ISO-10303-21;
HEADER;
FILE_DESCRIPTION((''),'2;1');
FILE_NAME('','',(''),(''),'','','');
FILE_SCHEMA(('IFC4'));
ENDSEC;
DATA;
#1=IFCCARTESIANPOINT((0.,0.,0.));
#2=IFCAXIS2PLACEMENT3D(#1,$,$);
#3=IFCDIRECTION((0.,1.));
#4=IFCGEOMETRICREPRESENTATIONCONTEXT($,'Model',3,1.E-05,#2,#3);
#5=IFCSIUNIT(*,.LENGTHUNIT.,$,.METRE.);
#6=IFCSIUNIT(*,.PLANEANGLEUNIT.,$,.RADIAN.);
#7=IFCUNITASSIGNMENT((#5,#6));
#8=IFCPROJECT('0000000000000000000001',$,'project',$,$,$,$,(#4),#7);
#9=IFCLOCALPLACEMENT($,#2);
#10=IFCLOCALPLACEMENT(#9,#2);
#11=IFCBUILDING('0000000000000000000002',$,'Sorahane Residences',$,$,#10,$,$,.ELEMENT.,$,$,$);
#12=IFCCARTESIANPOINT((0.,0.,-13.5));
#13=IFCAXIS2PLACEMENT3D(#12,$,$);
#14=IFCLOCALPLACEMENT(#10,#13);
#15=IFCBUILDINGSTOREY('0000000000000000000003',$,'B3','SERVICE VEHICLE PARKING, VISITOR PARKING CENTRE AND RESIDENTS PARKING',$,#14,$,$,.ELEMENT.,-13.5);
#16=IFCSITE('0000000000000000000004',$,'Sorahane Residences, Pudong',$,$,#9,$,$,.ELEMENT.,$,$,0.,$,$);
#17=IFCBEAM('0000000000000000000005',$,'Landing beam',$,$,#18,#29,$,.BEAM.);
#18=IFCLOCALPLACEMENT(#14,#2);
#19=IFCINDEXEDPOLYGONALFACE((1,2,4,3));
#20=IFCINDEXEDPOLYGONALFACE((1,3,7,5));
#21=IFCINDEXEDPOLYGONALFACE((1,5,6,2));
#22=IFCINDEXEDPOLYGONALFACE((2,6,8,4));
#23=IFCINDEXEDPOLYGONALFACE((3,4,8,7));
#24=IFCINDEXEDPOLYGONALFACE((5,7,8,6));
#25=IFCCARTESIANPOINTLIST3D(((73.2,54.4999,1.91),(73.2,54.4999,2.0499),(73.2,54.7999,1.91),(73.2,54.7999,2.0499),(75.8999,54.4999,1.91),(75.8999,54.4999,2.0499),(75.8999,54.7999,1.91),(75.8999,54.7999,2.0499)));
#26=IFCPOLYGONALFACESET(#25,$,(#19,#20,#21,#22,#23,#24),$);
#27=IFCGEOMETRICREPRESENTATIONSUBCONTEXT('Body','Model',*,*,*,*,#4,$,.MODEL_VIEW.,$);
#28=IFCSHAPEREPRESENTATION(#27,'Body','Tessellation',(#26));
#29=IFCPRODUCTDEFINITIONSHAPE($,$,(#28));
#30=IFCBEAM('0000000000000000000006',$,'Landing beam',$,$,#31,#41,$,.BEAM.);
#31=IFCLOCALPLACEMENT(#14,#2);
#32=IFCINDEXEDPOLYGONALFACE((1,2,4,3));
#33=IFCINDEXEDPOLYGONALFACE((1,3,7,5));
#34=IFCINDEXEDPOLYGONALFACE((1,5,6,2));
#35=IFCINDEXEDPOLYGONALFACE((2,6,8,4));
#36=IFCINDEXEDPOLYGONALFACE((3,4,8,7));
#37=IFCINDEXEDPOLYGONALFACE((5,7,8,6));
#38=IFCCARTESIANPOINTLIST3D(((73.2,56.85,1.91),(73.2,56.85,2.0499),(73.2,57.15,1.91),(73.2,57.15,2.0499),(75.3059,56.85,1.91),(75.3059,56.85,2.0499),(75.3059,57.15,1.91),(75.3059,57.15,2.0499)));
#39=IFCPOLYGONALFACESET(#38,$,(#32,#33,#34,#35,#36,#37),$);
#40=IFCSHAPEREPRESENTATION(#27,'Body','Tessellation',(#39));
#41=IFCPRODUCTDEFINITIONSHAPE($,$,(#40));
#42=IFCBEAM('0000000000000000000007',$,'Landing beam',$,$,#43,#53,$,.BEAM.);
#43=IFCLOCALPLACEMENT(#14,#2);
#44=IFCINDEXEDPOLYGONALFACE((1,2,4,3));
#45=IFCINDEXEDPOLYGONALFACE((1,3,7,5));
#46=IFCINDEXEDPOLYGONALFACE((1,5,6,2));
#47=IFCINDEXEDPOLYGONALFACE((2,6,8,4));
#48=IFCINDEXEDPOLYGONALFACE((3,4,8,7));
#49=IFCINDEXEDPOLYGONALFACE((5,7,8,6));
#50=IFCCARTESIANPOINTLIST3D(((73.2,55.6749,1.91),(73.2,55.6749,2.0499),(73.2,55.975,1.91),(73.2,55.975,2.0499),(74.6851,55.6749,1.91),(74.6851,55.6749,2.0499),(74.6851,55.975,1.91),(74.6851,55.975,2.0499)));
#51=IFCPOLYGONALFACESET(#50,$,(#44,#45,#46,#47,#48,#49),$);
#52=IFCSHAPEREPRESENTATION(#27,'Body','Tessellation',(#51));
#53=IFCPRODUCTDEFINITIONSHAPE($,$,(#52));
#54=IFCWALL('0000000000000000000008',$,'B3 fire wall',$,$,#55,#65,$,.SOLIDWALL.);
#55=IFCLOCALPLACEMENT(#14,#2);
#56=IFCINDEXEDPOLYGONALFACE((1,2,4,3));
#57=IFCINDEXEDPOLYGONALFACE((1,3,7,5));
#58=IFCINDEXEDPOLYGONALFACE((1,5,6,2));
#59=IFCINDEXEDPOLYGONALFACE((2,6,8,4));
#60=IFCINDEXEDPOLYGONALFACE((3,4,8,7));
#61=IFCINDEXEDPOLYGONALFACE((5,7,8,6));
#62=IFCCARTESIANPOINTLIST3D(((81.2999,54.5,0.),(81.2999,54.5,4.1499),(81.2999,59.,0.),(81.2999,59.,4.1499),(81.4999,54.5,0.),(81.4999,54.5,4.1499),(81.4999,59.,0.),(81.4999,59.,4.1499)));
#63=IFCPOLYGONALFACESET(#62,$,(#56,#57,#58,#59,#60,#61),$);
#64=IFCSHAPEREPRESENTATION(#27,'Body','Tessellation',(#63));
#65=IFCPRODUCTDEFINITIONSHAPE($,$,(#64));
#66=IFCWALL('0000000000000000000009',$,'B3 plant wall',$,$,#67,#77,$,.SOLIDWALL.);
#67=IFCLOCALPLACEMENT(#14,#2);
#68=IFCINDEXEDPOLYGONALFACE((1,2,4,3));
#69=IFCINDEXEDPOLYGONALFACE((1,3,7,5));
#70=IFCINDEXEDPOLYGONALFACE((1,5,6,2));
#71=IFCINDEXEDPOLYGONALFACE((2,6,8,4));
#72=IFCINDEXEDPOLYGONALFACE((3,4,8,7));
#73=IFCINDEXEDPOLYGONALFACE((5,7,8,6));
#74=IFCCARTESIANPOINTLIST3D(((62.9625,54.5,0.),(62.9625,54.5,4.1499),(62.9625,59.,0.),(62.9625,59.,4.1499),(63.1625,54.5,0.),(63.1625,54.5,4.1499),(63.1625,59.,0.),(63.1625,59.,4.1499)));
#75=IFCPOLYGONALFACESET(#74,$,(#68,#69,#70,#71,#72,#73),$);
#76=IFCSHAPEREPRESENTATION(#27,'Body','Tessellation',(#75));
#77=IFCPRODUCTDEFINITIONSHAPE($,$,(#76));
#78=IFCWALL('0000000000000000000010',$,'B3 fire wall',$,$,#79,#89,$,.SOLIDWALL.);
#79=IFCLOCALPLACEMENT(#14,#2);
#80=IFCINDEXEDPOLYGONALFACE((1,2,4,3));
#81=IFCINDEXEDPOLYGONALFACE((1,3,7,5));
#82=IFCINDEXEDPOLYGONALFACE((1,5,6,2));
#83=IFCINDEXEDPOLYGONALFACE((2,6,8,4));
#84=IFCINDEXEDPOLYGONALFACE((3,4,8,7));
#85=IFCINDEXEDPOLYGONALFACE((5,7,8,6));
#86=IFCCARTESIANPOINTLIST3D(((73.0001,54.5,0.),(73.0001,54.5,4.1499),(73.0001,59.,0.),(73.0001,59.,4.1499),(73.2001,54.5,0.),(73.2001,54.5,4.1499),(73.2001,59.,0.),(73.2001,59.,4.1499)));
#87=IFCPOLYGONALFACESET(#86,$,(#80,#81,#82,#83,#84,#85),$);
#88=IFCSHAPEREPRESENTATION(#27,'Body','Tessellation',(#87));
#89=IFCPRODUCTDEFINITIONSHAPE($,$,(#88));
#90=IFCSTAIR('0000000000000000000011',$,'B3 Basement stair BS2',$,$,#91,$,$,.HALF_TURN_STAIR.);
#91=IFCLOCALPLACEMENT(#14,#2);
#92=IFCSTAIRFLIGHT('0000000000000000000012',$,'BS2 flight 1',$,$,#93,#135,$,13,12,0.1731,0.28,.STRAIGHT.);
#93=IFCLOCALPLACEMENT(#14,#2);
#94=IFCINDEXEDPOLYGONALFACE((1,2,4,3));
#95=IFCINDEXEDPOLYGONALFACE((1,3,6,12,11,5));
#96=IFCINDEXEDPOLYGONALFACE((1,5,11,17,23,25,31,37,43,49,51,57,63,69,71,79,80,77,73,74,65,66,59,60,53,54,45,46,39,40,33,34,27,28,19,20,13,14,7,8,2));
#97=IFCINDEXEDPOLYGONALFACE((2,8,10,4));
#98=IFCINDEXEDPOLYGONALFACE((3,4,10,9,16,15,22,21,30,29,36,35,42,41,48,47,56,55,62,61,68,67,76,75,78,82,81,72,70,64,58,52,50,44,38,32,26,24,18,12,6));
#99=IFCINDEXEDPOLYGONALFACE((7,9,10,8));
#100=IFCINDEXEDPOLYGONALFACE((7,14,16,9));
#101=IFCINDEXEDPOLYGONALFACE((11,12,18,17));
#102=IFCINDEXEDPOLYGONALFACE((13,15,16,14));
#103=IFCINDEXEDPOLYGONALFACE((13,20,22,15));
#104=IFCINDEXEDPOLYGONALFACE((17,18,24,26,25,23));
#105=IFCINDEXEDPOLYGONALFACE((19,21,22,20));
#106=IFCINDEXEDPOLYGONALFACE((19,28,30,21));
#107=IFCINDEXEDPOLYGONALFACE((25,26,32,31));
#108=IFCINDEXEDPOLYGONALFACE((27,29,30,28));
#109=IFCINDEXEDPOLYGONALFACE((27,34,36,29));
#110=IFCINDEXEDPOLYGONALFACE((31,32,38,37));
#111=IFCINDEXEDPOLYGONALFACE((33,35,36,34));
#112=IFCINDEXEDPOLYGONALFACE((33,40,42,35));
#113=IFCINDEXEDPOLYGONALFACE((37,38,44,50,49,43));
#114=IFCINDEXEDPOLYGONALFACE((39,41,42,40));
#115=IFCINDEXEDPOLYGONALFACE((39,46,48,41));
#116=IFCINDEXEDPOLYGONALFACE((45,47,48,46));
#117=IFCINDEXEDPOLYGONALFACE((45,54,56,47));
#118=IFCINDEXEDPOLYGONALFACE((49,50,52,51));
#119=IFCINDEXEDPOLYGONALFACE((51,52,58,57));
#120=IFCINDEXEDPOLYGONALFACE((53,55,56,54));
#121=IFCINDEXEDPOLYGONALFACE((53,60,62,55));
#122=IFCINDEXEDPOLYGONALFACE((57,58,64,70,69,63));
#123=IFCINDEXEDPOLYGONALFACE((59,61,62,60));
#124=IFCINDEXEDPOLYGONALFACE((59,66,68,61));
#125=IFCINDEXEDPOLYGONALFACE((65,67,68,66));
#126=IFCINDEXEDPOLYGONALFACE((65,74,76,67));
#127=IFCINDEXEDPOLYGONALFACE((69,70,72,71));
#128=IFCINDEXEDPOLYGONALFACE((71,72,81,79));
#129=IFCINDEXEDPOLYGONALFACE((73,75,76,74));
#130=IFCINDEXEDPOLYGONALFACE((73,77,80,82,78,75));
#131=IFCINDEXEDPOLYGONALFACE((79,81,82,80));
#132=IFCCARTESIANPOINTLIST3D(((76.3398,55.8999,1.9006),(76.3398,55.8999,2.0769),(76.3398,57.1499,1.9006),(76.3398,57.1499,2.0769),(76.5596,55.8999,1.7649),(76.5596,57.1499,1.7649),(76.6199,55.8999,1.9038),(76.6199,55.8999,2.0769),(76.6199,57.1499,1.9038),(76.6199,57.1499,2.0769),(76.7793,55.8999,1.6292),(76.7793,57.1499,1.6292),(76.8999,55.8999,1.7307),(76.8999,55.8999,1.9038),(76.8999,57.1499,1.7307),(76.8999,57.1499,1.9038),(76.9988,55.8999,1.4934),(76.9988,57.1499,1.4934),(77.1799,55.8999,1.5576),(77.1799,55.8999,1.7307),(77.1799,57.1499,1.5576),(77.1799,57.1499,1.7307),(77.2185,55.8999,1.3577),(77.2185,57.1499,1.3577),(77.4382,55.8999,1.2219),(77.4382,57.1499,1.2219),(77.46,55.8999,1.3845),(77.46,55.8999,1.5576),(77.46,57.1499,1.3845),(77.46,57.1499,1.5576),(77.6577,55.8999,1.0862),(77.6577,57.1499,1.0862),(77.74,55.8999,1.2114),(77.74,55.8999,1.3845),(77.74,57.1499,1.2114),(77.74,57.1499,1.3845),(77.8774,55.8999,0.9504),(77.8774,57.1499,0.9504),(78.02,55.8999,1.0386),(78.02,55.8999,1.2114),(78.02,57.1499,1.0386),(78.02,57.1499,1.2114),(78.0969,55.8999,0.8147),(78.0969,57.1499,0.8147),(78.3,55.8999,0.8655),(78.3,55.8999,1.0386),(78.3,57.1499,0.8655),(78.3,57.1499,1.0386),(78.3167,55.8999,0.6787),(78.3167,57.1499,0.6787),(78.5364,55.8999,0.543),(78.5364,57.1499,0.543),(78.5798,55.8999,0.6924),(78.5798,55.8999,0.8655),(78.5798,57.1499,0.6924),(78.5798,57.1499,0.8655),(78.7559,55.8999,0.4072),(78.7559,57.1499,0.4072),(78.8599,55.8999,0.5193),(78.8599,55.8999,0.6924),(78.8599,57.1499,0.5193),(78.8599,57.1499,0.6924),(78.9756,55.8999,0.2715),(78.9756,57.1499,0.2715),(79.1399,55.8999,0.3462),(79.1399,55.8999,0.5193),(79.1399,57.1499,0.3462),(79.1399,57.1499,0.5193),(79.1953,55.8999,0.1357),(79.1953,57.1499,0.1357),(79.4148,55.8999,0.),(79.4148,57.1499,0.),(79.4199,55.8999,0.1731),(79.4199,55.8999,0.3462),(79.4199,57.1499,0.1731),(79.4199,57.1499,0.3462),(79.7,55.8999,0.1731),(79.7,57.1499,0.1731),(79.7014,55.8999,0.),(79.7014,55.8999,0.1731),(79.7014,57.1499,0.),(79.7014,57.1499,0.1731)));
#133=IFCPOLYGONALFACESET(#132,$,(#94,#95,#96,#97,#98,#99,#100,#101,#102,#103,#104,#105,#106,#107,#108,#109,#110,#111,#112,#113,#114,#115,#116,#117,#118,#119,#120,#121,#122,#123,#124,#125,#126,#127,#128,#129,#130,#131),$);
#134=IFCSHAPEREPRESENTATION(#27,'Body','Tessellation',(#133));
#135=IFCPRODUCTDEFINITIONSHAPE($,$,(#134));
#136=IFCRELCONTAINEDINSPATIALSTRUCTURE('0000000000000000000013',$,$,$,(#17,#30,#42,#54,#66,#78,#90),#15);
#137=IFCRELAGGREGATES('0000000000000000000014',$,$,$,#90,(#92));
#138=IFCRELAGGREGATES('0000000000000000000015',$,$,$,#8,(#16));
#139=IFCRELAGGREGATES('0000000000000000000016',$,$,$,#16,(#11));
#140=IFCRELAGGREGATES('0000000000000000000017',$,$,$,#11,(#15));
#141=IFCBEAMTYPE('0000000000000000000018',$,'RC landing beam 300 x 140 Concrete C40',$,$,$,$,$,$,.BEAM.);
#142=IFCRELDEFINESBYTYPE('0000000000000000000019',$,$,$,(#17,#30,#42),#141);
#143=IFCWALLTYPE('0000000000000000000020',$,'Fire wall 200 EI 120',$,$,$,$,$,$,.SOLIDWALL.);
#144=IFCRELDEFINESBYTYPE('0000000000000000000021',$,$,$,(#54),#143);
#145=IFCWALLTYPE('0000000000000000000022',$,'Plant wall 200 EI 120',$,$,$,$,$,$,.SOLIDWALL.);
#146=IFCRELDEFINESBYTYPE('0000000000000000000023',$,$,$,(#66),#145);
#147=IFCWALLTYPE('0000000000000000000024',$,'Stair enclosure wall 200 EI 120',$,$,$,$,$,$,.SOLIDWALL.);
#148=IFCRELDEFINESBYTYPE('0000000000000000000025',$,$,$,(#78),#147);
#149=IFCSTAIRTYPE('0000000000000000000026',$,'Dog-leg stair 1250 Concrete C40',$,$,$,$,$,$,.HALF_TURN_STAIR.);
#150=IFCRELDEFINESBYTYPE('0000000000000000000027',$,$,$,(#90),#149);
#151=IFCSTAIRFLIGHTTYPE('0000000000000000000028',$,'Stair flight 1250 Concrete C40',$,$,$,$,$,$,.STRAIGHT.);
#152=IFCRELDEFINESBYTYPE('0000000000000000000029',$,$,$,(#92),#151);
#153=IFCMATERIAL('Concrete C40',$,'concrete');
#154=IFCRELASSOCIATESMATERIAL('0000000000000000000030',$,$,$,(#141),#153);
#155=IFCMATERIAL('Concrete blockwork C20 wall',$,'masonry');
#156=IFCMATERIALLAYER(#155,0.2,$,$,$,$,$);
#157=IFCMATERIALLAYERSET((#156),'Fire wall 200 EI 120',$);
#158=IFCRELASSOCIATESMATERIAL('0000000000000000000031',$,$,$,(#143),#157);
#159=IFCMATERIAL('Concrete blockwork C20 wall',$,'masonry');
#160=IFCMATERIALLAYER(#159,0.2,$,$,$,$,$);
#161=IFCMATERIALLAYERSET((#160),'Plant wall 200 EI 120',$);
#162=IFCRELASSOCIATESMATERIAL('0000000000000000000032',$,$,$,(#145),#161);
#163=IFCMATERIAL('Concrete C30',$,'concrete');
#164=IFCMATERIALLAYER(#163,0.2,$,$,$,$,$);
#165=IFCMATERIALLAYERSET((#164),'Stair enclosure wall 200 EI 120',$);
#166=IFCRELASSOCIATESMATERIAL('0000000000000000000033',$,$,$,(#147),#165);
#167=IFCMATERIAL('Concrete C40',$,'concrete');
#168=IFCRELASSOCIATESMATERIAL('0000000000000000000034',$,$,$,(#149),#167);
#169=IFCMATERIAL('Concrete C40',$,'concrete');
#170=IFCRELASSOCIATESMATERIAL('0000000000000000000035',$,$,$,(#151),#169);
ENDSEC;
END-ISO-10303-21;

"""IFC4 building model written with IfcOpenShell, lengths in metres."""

from ifc_helpers import new_model, si_unit, direction, frame, frame_2d, origin, origin_2d, place, context, subcontext, project, spatial, polyline, rectangle, outline, extrude, material, layer, layer_set, material_profile, profile_set, type_object, element, aggregate, save


model = new_model("IFC4")

# Units and contexts
model_context = context("Model", 3, precision=1e-05, world=origin(), true_north=direction((0.0, 1.0)))
body_context = subcontext(model_context, "Body", "Model", "MODEL_VIEW")
ifc_project = project(units=[si_unit("LENGTHUNIT", "METRE"), si_unit("PLANEANGLEUNIT", "RADIAN")], contexts=[model_context])

# Site, building, storey
site_placement = place(None, origin())
site = spatial("IfcSite", under=ifc_project, at=site_placement, Name="Sorahane Residences, Pudong", CompositionType="ELEMENT", RefElevation=0.0)
building_placement = place(site_placement, origin())
building = spatial("IfcBuilding", under=site, at=building_placement, Name="Sorahane Residences", CompositionType="ELEMENT")
storey_placement = place(building_placement, frame((0.0, 0.0, -13.5)))
storey = spatial("IfcBuildingStorey", under=building, at=storey_placement, Name="B3", Description="SERVICE VEHICLE PARKING, VISITOR PARKING CENTRE AND RESIDENTS PARKING", CompositionType="ELEMENT", Elevation=-13.5)

# Beams
ifc_material_1 = material(Name="Concrete C40", Category="concrete")
ifc_material_profile_1 = material_profile(ifc_material_1, rectangle(XDim=0.3, YDim=0.1399, at=origin_2d()), Name="300x140")
ifc_profile_set_1 = profile_set([ifc_material_profile_1], Name="Concrete C40")
beam_type = type_object("IfcBeamType", Name="RC landing beam 300 x 140 Concrete C40", PredefinedType="BEAM", material=ifc_profile_set_1)
beam_1_placement = place(storey_placement, frame((73.2, 54.6499, 1.98), z_axis=(1.0, 0.0, 0.0), x_axis=(0.0, 1.0, 0.0)))
element("IfcBeam", 1, at=beam_1_placement, inside=storey, type_object=beam_type, Name="Landing beam", PredefinedType="BEAM", context=body_context, shape_type="SweptSolid", body=[
    extrude(rectangle(XDim=0.3, YDim=0.1399, at=origin_2d()), origin(), (0.0, 0.0, 1.0), 2.7),
])
beam_2_placement = place(storey_placement, frame((73.2, 57.0, 1.98), z_axis=(1.0, 0.0, 0.0), x_axis=(0.0, 1.0, 0.0)))
element("IfcBeam", 2, at=beam_2_placement, inside=storey, type_object=beam_type, Name="Landing beam", PredefinedType="BEAM", context=body_context, shape_type="SweptSolid", body=[
    extrude(rectangle(XDim=0.3, YDim=0.1399, at=origin_2d()), origin(), (0.0, 0.0, 1.0), 2.106),
])
beam_3_placement = place(storey_placement, frame((73.2, 55.825, 1.98), z_axis=(1.0, 0.0, 0.0), x_axis=(0.0, 1.0, 0.0)))
element("IfcBeam", 3, at=beam_3_placement, inside=storey, type_object=beam_type, Name="Landing beam", PredefinedType="BEAM", context=body_context, shape_type="SweptSolid", body=[
    extrude(rectangle(XDim=0.3, YDim=0.1399, at=origin_2d()), origin(), (0.0, 0.0, 1.0), 1.4851),
])

# Walls
ifc_material_2 = material(Name="Concrete blockwork C20 wall", Category="masonry")
ifc_layer_1 = layer(ifc_material_2, 0.2)
ifc_layer_set_1 = layer_set([ifc_layer_1], Name="Fire wall 200 EI 120")
wall_type_1 = type_object("IfcWallType", Name="Fire wall 200 EI 120", PredefinedType="SOLIDWALL", material=ifc_layer_set_1)
wall_1_placement = place(storey_placement, frame((81.3999, 54.5, 0.0), z_axis=(0.0, 0.0, 1.0), x_axis=(0.0, 1.0, 0.0)))
element("IfcWall", 4, at=wall_1_placement, inside=storey, type_object=wall_type_1, Name="B3 fire wall", PredefinedType="SOLIDWALL", context=body_context, shape_type="SweptSolid", body=[
    extrude(rectangle(XDim=4.5, YDim=0.2, at=frame_2d((2.25, 0.0))), origin(), (0.0, 0.0, 1.0), 4.1499),
])
ifc_material_3 = material(Name="Concrete blockwork C20 wall", Category="masonry")
ifc_layer_2 = layer(ifc_material_3, 0.2)
ifc_layer_set_2 = layer_set([ifc_layer_2], Name="Plant wall 200 EI 120")
wall_type_2 = type_object("IfcWallType", Name="Plant wall 200 EI 120", PredefinedType="SOLIDWALL", material=ifc_layer_set_2)
wall_2_placement = place(storey_placement, frame((63.0625, 54.5, 0.0), z_axis=(0.0, 0.0, 1.0), x_axis=(0.0, 1.0, 0.0)))
element("IfcWall", 5, at=wall_2_placement, inside=storey, type_object=wall_type_2, Name="B3 plant wall", PredefinedType="SOLIDWALL", context=body_context, shape_type="SweptSolid", body=[
    extrude(rectangle(XDim=4.5, YDim=0.2, at=frame_2d((2.25, 0.0))), origin(), (0.0, 0.0, 1.0), 4.1499),
])
ifc_material_4 = material(Name="Concrete C30", Category="concrete")
ifc_layer_3 = layer(ifc_material_4, 0.2)
ifc_layer_set_3 = layer_set([ifc_layer_3], Name="Stair enclosure wall 200 EI 120")
wall_type_3 = type_object("IfcWallType", Name="Stair enclosure wall 200 EI 120", PredefinedType="SOLIDWALL", material=ifc_layer_set_3)
wall_3_placement = place(storey_placement, frame((73.1001, 54.5, 0.0), z_axis=(0.0, 0.0, 1.0), x_axis=(0.0, 1.0, 0.0)))
element("IfcWall", 6, at=wall_3_placement, inside=storey, type_object=wall_type_3, Name="B3 fire wall", PredefinedType="SOLIDWALL", context=body_context, shape_type="SweptSolid", body=[
    extrude(rectangle(XDim=4.5, YDim=0.2, at=frame_2d((2.25, 0.0))), origin(), (0.0, 0.0, 1.0), 4.1499),
])

# Stair, stair flight
ifc_material_5 = material(Name="Concrete C40", Category="concrete")
stair_type = type_object("IfcStairType", Name="Dog-leg stair 1250 Concrete C40", PredefinedType="HALF_TURN_STAIR", material=ifc_material_5)
stair_placement = place(storey_placement, origin())
stair = element("IfcStair", 7, at=stair_placement, inside=storey, type_object=stair_type, Name="B3 Basement stair BS2", PredefinedType="HALF_TURN_STAIR")
ifc_material_6 = material(Name="Concrete C40", Category="concrete")
stair_flight_type = type_object("IfcStairFlightType", Name="Stair flight 1250 Concrete C40", PredefinedType="STRAIGHT", material=ifc_material_6)
stair_flight_1_placement = place(storey_placement, frame((79.7, 56.5249, 0.0), z_axis=(0.0, 0.0, 1.0), x_axis=(-1.0, 0.0, 0.0)))
stair_flight_1 = element("IfcStairFlight", 8, at=stair_flight_1_placement, type_object=stair_flight_type, Name="BS2 flight 1", NumberOfRisers=13, NumberOfTreads=12, PredefinedType="STRAIGHT", RiserHeight=0.1731, TreadLength=0.28, context=body_context, shape_type="SweptSolid", body=[
    extrude(outline(polyline([(-0.0015, 0.0), (-0.0015, 0.1731), (0.0, 0.1731), (0.28, 0.1731), (0.28, 0.3462), (0.5601, 0.3462), (0.5601, 0.5193), (0.8401, 0.5193), (0.8401, 0.6924), (1.1201, 0.6924), (1.1201, 0.8655), (1.3999, 0.8655), (1.3999, 1.0386), (1.6799, 1.0386), (1.6799, 1.2114), (1.96, 1.2114), (1.96, 1.3845), (2.24, 1.3845), (2.24, 1.5576), (2.52, 1.5576), (2.52, 1.7307), (2.8, 1.7307), (2.8, 1.9038), (3.0801, 1.9038), (3.0801, 2.0769), (3.3601, 2.0769), (3.3601, 2.25), (3.3601, 1.9006), (3.1404, 1.7649), (2.9207, 1.6292), (2.7012, 1.4934), (2.4814, 1.3577), (2.2617, 1.2219), (2.0422, 1.0862), (1.8225, 0.9504), (1.603, 0.8147), (1.3833, 0.6787), (1.1636, 0.543), (0.9441, 0.4072), (0.7244, 0.2715), (0.5046, 0.1357), (0.2852, 0.0), (-0.0015, 0.0)])), frame((0.0, 0.625, 0.0), z_axis=(0.0, -1.0, 0.0), x_axis=(1.0, 0.0, 0.0)), (0.0, 0.0, 1.0), 1.25),
])
aggregate(stair, [stair_flight_1])

save(model, "model.ifc")
